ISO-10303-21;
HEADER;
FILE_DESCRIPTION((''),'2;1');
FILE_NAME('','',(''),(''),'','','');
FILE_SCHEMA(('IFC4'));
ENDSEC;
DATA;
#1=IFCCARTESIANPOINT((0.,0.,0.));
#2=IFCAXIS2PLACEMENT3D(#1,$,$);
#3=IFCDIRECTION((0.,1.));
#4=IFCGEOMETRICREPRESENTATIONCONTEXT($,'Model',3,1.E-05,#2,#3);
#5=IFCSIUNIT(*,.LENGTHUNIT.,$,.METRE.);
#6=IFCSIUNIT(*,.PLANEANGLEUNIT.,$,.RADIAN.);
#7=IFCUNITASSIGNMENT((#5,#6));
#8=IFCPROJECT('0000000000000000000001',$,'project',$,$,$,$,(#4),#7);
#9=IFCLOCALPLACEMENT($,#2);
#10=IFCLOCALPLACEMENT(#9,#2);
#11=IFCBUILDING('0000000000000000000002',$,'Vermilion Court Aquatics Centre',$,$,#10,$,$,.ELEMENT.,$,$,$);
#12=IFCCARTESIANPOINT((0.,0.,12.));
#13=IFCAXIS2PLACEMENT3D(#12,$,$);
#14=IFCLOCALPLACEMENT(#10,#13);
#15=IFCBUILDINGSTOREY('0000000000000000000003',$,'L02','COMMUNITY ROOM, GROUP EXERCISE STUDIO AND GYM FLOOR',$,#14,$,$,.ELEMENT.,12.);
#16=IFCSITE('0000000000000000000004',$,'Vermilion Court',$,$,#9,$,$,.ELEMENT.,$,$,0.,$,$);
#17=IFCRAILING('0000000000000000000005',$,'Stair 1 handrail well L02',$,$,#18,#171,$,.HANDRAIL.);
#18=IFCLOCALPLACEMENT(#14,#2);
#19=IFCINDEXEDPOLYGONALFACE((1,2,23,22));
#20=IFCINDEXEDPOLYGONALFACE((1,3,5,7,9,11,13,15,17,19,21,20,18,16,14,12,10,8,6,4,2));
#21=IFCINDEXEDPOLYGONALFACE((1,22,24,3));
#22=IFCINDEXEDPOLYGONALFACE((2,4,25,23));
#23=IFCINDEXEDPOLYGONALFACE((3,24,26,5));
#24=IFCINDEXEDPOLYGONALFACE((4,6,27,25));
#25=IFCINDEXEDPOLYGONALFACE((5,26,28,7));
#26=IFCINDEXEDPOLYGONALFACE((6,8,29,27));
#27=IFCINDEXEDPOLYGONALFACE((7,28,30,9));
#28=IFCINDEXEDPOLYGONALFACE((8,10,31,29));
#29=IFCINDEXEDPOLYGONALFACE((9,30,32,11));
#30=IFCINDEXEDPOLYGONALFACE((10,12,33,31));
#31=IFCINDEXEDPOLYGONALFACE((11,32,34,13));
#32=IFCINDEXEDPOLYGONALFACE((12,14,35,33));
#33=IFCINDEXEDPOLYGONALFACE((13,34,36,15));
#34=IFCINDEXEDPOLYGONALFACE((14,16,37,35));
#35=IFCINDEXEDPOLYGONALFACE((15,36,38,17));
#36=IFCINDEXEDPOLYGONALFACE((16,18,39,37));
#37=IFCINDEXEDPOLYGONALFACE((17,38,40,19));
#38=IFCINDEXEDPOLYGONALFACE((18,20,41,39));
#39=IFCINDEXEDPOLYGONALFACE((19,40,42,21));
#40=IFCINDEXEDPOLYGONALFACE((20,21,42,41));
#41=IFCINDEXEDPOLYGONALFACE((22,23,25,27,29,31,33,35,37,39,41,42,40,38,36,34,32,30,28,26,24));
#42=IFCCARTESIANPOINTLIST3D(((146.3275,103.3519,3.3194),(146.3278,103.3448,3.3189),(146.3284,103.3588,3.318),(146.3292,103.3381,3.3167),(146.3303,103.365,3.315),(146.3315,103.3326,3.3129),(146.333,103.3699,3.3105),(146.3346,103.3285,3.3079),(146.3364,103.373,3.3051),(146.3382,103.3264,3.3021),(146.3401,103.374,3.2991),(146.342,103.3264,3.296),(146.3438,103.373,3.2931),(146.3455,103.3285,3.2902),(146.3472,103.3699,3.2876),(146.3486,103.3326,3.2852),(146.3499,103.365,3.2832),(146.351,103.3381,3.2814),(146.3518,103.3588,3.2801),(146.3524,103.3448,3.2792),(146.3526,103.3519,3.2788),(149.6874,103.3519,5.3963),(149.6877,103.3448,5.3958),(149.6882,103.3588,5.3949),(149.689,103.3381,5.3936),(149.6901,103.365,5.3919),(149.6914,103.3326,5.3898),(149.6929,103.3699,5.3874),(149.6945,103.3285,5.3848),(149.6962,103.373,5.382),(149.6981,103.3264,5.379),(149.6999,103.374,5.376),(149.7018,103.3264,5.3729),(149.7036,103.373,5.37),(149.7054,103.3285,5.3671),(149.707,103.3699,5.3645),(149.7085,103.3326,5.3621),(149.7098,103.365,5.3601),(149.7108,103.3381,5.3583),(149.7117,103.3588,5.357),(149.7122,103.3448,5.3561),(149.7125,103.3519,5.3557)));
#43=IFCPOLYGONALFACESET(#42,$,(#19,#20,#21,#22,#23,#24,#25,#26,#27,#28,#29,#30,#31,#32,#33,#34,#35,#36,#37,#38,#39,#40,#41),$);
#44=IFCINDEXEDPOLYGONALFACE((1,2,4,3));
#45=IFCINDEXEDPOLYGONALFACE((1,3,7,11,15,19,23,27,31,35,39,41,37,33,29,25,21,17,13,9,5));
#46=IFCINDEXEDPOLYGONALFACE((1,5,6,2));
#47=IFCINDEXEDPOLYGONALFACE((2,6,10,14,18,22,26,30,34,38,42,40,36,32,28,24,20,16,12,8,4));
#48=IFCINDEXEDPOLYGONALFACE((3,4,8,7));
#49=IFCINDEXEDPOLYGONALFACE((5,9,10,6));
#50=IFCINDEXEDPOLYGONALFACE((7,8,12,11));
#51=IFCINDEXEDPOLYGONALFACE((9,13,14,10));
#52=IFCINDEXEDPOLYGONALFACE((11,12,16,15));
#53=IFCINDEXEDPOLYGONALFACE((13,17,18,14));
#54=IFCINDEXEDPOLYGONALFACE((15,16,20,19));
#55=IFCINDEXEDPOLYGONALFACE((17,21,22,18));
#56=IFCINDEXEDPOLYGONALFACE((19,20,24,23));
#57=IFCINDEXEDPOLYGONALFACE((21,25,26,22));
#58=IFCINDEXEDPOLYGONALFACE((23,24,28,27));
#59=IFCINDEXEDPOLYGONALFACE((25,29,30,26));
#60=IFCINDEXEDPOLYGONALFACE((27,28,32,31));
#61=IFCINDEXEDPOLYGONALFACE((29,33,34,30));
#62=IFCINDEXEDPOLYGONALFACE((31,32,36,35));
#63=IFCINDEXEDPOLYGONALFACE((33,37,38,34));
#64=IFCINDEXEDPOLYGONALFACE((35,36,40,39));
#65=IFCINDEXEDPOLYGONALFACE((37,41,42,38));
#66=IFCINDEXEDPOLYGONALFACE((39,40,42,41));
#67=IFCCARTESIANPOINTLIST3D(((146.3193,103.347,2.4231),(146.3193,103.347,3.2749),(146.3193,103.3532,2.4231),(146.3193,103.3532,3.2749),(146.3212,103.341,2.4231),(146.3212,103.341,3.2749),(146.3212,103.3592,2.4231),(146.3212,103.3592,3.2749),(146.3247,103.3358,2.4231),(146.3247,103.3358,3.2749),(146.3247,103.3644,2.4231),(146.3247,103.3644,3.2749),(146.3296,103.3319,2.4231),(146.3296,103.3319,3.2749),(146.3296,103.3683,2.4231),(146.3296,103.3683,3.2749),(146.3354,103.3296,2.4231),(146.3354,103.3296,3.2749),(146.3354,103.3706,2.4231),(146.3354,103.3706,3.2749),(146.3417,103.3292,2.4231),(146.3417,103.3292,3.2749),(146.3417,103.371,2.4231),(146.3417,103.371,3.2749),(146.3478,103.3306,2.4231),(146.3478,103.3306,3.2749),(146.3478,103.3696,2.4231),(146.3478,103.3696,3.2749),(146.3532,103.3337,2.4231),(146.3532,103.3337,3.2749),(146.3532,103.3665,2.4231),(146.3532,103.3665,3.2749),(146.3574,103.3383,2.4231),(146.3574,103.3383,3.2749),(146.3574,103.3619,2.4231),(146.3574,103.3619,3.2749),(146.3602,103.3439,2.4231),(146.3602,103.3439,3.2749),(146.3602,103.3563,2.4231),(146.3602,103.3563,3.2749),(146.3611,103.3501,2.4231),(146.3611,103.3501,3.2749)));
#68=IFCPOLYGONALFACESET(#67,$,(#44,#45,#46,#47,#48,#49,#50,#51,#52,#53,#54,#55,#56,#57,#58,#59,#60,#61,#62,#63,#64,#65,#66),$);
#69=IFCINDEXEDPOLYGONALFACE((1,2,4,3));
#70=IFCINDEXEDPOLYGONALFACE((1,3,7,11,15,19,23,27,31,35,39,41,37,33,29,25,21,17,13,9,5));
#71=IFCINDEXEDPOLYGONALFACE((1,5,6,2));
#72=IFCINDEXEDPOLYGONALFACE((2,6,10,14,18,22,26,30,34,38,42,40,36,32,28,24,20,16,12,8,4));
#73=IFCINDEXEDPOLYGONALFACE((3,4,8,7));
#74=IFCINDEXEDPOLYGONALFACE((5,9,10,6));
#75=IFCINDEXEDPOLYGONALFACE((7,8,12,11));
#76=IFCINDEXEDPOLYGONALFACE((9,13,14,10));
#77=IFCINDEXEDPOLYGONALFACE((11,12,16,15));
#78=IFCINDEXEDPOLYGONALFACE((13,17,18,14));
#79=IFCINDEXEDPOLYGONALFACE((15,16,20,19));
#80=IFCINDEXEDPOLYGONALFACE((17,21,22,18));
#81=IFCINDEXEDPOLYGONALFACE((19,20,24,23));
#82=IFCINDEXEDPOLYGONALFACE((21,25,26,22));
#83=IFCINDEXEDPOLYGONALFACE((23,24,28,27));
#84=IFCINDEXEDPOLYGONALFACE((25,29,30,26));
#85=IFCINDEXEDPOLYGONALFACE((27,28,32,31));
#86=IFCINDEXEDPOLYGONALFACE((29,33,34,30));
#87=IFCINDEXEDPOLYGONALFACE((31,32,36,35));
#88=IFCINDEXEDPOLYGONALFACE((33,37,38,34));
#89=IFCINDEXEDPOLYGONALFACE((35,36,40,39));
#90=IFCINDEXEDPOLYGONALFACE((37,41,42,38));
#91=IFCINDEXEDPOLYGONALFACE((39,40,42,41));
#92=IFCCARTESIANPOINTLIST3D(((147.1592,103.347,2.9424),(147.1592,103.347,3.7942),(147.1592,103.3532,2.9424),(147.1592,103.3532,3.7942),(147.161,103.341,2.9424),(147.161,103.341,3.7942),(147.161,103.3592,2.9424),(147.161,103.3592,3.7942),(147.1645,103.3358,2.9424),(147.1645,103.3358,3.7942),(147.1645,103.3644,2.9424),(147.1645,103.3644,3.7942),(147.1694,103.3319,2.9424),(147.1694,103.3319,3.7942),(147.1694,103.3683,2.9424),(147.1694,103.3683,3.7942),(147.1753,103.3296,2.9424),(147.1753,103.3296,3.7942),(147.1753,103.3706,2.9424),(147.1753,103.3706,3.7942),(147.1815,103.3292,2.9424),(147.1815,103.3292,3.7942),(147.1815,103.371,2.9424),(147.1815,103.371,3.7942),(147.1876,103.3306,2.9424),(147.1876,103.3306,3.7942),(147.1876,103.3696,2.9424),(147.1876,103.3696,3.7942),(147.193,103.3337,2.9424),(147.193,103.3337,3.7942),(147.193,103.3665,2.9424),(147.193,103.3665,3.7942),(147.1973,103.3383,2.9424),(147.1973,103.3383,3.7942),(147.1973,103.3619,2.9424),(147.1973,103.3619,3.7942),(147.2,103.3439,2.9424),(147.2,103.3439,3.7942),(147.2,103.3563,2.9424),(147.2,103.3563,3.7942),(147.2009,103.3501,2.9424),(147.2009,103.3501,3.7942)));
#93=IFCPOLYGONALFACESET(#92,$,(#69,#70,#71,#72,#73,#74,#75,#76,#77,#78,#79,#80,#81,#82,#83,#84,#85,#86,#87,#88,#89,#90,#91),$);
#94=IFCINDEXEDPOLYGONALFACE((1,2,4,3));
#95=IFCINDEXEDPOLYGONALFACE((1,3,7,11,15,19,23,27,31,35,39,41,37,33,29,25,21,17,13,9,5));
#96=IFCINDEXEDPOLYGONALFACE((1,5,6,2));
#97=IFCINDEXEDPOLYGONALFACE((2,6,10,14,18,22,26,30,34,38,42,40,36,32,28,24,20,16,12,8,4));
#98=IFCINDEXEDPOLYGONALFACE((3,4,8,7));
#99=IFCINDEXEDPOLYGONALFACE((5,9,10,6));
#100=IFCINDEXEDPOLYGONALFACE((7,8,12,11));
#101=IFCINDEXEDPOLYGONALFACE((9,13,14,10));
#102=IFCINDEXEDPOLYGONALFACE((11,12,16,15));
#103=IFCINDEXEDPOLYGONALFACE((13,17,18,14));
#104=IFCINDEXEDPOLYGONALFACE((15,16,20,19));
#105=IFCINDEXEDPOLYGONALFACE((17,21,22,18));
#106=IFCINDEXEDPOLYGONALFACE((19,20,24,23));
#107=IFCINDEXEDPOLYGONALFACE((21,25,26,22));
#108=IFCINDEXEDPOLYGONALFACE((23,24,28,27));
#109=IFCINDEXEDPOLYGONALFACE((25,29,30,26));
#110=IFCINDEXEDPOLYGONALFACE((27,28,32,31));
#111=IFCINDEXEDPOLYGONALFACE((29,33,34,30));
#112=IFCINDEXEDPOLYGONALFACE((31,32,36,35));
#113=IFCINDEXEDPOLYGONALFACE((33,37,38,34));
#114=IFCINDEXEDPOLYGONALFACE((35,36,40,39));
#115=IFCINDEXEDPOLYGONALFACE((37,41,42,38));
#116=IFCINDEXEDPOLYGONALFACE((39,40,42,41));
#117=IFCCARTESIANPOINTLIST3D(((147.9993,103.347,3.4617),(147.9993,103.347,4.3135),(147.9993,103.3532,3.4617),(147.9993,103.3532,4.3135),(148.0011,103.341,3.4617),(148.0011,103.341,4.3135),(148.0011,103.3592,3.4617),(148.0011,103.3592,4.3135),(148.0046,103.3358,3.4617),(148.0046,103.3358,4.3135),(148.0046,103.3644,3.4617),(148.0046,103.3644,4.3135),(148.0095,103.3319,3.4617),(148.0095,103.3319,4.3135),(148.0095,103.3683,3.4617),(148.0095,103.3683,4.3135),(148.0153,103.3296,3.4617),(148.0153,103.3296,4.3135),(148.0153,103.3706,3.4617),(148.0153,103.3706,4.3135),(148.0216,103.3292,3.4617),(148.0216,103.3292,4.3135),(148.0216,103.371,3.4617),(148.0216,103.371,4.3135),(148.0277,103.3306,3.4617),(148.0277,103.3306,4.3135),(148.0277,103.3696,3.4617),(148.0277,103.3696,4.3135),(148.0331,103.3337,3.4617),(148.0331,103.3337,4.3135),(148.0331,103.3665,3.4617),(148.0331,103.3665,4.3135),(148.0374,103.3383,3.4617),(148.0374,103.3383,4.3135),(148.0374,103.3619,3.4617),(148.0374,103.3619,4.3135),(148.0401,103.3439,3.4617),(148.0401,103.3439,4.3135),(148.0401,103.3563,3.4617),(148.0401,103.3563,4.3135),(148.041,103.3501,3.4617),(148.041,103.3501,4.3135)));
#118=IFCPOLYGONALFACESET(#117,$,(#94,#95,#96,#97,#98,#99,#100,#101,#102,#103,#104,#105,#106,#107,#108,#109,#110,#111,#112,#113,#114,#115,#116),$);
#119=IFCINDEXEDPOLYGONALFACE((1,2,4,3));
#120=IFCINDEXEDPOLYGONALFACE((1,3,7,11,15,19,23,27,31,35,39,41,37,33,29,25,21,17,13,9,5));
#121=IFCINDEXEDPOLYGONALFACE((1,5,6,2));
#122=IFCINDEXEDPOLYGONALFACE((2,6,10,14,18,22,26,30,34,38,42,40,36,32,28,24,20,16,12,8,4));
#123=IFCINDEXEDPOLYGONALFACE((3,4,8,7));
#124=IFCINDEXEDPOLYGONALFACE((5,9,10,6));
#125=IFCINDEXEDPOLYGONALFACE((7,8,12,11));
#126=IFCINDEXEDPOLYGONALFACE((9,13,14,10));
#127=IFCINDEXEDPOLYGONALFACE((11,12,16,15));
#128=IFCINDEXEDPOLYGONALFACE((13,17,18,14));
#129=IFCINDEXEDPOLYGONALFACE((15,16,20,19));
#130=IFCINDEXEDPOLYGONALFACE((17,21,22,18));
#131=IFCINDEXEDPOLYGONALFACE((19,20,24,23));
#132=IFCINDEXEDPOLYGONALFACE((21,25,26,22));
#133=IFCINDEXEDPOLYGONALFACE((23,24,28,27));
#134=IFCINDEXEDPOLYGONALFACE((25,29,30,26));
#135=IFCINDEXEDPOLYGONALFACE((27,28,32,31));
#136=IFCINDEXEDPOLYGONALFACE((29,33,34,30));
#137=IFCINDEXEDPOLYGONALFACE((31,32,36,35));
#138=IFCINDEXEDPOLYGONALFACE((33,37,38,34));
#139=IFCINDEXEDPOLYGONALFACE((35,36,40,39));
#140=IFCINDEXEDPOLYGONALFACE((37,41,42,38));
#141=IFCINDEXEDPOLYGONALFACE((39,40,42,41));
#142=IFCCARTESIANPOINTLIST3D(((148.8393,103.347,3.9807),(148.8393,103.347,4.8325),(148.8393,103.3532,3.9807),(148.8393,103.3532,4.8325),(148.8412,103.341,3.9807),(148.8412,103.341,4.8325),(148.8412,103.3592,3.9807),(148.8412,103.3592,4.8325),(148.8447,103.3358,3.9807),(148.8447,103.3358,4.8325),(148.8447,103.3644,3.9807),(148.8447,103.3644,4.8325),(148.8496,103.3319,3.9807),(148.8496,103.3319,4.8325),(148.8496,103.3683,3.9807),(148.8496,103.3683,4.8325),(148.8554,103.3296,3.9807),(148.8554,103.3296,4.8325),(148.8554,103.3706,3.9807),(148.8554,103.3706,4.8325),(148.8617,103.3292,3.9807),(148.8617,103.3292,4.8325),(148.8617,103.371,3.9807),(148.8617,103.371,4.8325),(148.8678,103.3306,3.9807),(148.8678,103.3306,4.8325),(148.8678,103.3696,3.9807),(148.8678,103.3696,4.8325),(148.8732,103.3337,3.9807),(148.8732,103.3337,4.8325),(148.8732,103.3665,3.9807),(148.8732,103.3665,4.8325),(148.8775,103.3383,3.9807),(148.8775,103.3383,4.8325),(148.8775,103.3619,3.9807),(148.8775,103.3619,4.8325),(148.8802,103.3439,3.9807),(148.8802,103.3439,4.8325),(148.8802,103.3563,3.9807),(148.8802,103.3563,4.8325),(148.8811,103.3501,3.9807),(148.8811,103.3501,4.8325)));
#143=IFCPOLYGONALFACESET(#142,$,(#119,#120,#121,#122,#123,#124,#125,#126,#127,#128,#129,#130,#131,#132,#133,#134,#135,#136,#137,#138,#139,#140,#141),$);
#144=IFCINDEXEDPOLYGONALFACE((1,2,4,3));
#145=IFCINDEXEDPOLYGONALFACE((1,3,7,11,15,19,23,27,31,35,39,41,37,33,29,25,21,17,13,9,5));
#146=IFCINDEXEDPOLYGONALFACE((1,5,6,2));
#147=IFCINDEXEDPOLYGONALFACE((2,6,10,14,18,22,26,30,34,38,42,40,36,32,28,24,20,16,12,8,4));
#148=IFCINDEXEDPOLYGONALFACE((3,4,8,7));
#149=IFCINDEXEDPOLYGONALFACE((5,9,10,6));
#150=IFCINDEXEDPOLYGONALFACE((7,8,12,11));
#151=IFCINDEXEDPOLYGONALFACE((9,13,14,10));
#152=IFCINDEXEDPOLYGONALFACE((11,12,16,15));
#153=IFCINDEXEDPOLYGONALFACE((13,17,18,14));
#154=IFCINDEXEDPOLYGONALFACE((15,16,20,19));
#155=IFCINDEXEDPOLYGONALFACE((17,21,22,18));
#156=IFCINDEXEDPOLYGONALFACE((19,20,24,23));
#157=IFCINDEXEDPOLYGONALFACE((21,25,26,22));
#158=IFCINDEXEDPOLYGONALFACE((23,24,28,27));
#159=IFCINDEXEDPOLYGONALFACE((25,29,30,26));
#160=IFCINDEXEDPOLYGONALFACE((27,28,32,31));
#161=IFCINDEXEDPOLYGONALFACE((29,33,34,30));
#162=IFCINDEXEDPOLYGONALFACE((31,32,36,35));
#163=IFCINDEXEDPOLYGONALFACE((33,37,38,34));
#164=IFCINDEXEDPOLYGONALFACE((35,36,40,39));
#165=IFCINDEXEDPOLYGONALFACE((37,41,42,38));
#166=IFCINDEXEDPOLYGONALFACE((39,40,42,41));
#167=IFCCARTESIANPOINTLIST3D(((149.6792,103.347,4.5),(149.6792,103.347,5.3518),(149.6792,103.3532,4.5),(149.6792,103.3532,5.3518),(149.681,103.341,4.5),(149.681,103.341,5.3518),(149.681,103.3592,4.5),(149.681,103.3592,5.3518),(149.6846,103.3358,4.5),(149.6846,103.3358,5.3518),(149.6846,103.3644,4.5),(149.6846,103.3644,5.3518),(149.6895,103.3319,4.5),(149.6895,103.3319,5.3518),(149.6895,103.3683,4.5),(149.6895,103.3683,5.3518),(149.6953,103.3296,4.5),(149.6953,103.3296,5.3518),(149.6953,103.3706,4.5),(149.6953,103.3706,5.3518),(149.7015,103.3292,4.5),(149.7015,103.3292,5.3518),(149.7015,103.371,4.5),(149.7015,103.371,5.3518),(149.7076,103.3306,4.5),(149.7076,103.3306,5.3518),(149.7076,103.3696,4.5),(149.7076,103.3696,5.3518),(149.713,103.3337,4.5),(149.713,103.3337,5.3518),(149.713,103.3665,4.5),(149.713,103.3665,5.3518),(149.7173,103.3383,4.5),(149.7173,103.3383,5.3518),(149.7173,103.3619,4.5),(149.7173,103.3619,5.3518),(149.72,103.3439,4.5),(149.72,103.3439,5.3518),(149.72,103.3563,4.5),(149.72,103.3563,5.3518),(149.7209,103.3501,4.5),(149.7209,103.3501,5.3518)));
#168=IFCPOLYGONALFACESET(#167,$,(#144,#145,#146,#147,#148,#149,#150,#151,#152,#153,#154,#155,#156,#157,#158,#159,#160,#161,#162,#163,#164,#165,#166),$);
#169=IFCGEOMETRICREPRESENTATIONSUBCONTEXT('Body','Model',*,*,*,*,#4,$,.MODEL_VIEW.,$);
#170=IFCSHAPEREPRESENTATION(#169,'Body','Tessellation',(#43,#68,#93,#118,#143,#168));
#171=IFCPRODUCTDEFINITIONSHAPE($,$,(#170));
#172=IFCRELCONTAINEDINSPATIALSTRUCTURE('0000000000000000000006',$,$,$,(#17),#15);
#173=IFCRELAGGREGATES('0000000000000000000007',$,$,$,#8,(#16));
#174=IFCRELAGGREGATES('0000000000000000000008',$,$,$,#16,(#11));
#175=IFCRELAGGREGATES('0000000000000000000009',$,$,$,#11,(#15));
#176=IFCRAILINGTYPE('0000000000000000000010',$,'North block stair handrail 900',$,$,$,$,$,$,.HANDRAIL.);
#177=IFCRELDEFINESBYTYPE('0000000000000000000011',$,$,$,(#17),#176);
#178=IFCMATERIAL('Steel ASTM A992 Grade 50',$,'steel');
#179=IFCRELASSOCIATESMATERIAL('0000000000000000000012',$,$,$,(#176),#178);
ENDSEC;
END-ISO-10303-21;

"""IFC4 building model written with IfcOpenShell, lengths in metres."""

from ifc_helpers import new_model, si_unit, direction, frame, origin, origin_2d, place, context, subcontext, project, spatial, circle, extrude, material, type_object, element, save


model = new_model("IFC4")

# Units and contexts
model_context = context("Model", 3, precision=1e-05, world=origin(), true_north=direction((0.0, 1.0)))
body_context = subcontext(model_context, "Body", "Model", "MODEL_VIEW")
ifc_project = project(units=[si_unit("LENGTHUNIT", "METRE"), si_unit("PLANEANGLEUNIT", "RADIAN")], contexts=[model_context])

# Site, building, storey
site_placement = place(None, origin())
site = spatial("IfcSite", under=ifc_project, at=site_placement, Name="Vermilion Court", CompositionType="ELEMENT", RefElevation=0.0)
building_placement = place(site_placement, origin())
building = spatial("IfcBuilding", under=site, at=building_placement, Name="Vermilion Court Aquatics Centre", CompositionType="ELEMENT")
storey_placement = place(building_placement, frame((0.0, 0.0, 12.0)))
storey = spatial("IfcBuildingStorey", under=building, at=storey_placement, Name="L02", Description="COMMUNITY ROOM, GROUP EXERCISE STUDIO AND GYM FLOOR", CompositionType="ELEMENT", Elevation=12.0)

# Railing
ifc_material_1 = material(Name="Steel ASTM A992 Grade 50", Category="steel")
railing_type_1 = type_object("IfcRailingType", Name="North block stair handrail 900", PredefinedType="HANDRAIL", material=ifc_material_1)
for number, where, name in (
    (1, (146.3401, 103.3501, 2.4231), "Stair 1 handrail well L02"),
):
    element("IfcRailing", number, at=place(storey_placement, frame(where)), inside=storey, type_object=railing_type_1, Name=name, PredefinedType="HANDRAIL", context=body_context, shape_type="SweptSolid", body=[
        extrude(circle(Radius=0.0239, at=origin_2d()), frame((0.0, 0.0, 0.876), z_axis=(0.850606, 0.0, 0.525803), x_axis=(0.0, 1.0, 0.0)), (0.0, 0.0, 1.0), 3.95),
        extrude(circle(Radius=0.021, at=origin_2d()), origin(), (0.0, 0.0, 1.0), 0.8518),
        extrude(circle(Radius=0.021, at=origin_2d()), frame((0.8398, 0.0, 0.5193)), (0.0, 0.0, 1.0), 0.8518),
        extrude(circle(Radius=0.021, at=origin_2d()), frame((1.6799, 0.0, 1.0386)), (0.0, 0.0, 1.0), 0.8518),
        extrude(circle(Radius=0.021, at=origin_2d()), frame((2.52, 0.0, 1.5576)), (0.0, 0.0, 1.0), 0.8518),
        extrude(circle(Radius=0.021, at=origin_2d()), frame((3.3599, 0.0, 2.0769)), (0.0, 0.0, 1.0), 0.8518),
    ])

save(model, "model.ifc")
